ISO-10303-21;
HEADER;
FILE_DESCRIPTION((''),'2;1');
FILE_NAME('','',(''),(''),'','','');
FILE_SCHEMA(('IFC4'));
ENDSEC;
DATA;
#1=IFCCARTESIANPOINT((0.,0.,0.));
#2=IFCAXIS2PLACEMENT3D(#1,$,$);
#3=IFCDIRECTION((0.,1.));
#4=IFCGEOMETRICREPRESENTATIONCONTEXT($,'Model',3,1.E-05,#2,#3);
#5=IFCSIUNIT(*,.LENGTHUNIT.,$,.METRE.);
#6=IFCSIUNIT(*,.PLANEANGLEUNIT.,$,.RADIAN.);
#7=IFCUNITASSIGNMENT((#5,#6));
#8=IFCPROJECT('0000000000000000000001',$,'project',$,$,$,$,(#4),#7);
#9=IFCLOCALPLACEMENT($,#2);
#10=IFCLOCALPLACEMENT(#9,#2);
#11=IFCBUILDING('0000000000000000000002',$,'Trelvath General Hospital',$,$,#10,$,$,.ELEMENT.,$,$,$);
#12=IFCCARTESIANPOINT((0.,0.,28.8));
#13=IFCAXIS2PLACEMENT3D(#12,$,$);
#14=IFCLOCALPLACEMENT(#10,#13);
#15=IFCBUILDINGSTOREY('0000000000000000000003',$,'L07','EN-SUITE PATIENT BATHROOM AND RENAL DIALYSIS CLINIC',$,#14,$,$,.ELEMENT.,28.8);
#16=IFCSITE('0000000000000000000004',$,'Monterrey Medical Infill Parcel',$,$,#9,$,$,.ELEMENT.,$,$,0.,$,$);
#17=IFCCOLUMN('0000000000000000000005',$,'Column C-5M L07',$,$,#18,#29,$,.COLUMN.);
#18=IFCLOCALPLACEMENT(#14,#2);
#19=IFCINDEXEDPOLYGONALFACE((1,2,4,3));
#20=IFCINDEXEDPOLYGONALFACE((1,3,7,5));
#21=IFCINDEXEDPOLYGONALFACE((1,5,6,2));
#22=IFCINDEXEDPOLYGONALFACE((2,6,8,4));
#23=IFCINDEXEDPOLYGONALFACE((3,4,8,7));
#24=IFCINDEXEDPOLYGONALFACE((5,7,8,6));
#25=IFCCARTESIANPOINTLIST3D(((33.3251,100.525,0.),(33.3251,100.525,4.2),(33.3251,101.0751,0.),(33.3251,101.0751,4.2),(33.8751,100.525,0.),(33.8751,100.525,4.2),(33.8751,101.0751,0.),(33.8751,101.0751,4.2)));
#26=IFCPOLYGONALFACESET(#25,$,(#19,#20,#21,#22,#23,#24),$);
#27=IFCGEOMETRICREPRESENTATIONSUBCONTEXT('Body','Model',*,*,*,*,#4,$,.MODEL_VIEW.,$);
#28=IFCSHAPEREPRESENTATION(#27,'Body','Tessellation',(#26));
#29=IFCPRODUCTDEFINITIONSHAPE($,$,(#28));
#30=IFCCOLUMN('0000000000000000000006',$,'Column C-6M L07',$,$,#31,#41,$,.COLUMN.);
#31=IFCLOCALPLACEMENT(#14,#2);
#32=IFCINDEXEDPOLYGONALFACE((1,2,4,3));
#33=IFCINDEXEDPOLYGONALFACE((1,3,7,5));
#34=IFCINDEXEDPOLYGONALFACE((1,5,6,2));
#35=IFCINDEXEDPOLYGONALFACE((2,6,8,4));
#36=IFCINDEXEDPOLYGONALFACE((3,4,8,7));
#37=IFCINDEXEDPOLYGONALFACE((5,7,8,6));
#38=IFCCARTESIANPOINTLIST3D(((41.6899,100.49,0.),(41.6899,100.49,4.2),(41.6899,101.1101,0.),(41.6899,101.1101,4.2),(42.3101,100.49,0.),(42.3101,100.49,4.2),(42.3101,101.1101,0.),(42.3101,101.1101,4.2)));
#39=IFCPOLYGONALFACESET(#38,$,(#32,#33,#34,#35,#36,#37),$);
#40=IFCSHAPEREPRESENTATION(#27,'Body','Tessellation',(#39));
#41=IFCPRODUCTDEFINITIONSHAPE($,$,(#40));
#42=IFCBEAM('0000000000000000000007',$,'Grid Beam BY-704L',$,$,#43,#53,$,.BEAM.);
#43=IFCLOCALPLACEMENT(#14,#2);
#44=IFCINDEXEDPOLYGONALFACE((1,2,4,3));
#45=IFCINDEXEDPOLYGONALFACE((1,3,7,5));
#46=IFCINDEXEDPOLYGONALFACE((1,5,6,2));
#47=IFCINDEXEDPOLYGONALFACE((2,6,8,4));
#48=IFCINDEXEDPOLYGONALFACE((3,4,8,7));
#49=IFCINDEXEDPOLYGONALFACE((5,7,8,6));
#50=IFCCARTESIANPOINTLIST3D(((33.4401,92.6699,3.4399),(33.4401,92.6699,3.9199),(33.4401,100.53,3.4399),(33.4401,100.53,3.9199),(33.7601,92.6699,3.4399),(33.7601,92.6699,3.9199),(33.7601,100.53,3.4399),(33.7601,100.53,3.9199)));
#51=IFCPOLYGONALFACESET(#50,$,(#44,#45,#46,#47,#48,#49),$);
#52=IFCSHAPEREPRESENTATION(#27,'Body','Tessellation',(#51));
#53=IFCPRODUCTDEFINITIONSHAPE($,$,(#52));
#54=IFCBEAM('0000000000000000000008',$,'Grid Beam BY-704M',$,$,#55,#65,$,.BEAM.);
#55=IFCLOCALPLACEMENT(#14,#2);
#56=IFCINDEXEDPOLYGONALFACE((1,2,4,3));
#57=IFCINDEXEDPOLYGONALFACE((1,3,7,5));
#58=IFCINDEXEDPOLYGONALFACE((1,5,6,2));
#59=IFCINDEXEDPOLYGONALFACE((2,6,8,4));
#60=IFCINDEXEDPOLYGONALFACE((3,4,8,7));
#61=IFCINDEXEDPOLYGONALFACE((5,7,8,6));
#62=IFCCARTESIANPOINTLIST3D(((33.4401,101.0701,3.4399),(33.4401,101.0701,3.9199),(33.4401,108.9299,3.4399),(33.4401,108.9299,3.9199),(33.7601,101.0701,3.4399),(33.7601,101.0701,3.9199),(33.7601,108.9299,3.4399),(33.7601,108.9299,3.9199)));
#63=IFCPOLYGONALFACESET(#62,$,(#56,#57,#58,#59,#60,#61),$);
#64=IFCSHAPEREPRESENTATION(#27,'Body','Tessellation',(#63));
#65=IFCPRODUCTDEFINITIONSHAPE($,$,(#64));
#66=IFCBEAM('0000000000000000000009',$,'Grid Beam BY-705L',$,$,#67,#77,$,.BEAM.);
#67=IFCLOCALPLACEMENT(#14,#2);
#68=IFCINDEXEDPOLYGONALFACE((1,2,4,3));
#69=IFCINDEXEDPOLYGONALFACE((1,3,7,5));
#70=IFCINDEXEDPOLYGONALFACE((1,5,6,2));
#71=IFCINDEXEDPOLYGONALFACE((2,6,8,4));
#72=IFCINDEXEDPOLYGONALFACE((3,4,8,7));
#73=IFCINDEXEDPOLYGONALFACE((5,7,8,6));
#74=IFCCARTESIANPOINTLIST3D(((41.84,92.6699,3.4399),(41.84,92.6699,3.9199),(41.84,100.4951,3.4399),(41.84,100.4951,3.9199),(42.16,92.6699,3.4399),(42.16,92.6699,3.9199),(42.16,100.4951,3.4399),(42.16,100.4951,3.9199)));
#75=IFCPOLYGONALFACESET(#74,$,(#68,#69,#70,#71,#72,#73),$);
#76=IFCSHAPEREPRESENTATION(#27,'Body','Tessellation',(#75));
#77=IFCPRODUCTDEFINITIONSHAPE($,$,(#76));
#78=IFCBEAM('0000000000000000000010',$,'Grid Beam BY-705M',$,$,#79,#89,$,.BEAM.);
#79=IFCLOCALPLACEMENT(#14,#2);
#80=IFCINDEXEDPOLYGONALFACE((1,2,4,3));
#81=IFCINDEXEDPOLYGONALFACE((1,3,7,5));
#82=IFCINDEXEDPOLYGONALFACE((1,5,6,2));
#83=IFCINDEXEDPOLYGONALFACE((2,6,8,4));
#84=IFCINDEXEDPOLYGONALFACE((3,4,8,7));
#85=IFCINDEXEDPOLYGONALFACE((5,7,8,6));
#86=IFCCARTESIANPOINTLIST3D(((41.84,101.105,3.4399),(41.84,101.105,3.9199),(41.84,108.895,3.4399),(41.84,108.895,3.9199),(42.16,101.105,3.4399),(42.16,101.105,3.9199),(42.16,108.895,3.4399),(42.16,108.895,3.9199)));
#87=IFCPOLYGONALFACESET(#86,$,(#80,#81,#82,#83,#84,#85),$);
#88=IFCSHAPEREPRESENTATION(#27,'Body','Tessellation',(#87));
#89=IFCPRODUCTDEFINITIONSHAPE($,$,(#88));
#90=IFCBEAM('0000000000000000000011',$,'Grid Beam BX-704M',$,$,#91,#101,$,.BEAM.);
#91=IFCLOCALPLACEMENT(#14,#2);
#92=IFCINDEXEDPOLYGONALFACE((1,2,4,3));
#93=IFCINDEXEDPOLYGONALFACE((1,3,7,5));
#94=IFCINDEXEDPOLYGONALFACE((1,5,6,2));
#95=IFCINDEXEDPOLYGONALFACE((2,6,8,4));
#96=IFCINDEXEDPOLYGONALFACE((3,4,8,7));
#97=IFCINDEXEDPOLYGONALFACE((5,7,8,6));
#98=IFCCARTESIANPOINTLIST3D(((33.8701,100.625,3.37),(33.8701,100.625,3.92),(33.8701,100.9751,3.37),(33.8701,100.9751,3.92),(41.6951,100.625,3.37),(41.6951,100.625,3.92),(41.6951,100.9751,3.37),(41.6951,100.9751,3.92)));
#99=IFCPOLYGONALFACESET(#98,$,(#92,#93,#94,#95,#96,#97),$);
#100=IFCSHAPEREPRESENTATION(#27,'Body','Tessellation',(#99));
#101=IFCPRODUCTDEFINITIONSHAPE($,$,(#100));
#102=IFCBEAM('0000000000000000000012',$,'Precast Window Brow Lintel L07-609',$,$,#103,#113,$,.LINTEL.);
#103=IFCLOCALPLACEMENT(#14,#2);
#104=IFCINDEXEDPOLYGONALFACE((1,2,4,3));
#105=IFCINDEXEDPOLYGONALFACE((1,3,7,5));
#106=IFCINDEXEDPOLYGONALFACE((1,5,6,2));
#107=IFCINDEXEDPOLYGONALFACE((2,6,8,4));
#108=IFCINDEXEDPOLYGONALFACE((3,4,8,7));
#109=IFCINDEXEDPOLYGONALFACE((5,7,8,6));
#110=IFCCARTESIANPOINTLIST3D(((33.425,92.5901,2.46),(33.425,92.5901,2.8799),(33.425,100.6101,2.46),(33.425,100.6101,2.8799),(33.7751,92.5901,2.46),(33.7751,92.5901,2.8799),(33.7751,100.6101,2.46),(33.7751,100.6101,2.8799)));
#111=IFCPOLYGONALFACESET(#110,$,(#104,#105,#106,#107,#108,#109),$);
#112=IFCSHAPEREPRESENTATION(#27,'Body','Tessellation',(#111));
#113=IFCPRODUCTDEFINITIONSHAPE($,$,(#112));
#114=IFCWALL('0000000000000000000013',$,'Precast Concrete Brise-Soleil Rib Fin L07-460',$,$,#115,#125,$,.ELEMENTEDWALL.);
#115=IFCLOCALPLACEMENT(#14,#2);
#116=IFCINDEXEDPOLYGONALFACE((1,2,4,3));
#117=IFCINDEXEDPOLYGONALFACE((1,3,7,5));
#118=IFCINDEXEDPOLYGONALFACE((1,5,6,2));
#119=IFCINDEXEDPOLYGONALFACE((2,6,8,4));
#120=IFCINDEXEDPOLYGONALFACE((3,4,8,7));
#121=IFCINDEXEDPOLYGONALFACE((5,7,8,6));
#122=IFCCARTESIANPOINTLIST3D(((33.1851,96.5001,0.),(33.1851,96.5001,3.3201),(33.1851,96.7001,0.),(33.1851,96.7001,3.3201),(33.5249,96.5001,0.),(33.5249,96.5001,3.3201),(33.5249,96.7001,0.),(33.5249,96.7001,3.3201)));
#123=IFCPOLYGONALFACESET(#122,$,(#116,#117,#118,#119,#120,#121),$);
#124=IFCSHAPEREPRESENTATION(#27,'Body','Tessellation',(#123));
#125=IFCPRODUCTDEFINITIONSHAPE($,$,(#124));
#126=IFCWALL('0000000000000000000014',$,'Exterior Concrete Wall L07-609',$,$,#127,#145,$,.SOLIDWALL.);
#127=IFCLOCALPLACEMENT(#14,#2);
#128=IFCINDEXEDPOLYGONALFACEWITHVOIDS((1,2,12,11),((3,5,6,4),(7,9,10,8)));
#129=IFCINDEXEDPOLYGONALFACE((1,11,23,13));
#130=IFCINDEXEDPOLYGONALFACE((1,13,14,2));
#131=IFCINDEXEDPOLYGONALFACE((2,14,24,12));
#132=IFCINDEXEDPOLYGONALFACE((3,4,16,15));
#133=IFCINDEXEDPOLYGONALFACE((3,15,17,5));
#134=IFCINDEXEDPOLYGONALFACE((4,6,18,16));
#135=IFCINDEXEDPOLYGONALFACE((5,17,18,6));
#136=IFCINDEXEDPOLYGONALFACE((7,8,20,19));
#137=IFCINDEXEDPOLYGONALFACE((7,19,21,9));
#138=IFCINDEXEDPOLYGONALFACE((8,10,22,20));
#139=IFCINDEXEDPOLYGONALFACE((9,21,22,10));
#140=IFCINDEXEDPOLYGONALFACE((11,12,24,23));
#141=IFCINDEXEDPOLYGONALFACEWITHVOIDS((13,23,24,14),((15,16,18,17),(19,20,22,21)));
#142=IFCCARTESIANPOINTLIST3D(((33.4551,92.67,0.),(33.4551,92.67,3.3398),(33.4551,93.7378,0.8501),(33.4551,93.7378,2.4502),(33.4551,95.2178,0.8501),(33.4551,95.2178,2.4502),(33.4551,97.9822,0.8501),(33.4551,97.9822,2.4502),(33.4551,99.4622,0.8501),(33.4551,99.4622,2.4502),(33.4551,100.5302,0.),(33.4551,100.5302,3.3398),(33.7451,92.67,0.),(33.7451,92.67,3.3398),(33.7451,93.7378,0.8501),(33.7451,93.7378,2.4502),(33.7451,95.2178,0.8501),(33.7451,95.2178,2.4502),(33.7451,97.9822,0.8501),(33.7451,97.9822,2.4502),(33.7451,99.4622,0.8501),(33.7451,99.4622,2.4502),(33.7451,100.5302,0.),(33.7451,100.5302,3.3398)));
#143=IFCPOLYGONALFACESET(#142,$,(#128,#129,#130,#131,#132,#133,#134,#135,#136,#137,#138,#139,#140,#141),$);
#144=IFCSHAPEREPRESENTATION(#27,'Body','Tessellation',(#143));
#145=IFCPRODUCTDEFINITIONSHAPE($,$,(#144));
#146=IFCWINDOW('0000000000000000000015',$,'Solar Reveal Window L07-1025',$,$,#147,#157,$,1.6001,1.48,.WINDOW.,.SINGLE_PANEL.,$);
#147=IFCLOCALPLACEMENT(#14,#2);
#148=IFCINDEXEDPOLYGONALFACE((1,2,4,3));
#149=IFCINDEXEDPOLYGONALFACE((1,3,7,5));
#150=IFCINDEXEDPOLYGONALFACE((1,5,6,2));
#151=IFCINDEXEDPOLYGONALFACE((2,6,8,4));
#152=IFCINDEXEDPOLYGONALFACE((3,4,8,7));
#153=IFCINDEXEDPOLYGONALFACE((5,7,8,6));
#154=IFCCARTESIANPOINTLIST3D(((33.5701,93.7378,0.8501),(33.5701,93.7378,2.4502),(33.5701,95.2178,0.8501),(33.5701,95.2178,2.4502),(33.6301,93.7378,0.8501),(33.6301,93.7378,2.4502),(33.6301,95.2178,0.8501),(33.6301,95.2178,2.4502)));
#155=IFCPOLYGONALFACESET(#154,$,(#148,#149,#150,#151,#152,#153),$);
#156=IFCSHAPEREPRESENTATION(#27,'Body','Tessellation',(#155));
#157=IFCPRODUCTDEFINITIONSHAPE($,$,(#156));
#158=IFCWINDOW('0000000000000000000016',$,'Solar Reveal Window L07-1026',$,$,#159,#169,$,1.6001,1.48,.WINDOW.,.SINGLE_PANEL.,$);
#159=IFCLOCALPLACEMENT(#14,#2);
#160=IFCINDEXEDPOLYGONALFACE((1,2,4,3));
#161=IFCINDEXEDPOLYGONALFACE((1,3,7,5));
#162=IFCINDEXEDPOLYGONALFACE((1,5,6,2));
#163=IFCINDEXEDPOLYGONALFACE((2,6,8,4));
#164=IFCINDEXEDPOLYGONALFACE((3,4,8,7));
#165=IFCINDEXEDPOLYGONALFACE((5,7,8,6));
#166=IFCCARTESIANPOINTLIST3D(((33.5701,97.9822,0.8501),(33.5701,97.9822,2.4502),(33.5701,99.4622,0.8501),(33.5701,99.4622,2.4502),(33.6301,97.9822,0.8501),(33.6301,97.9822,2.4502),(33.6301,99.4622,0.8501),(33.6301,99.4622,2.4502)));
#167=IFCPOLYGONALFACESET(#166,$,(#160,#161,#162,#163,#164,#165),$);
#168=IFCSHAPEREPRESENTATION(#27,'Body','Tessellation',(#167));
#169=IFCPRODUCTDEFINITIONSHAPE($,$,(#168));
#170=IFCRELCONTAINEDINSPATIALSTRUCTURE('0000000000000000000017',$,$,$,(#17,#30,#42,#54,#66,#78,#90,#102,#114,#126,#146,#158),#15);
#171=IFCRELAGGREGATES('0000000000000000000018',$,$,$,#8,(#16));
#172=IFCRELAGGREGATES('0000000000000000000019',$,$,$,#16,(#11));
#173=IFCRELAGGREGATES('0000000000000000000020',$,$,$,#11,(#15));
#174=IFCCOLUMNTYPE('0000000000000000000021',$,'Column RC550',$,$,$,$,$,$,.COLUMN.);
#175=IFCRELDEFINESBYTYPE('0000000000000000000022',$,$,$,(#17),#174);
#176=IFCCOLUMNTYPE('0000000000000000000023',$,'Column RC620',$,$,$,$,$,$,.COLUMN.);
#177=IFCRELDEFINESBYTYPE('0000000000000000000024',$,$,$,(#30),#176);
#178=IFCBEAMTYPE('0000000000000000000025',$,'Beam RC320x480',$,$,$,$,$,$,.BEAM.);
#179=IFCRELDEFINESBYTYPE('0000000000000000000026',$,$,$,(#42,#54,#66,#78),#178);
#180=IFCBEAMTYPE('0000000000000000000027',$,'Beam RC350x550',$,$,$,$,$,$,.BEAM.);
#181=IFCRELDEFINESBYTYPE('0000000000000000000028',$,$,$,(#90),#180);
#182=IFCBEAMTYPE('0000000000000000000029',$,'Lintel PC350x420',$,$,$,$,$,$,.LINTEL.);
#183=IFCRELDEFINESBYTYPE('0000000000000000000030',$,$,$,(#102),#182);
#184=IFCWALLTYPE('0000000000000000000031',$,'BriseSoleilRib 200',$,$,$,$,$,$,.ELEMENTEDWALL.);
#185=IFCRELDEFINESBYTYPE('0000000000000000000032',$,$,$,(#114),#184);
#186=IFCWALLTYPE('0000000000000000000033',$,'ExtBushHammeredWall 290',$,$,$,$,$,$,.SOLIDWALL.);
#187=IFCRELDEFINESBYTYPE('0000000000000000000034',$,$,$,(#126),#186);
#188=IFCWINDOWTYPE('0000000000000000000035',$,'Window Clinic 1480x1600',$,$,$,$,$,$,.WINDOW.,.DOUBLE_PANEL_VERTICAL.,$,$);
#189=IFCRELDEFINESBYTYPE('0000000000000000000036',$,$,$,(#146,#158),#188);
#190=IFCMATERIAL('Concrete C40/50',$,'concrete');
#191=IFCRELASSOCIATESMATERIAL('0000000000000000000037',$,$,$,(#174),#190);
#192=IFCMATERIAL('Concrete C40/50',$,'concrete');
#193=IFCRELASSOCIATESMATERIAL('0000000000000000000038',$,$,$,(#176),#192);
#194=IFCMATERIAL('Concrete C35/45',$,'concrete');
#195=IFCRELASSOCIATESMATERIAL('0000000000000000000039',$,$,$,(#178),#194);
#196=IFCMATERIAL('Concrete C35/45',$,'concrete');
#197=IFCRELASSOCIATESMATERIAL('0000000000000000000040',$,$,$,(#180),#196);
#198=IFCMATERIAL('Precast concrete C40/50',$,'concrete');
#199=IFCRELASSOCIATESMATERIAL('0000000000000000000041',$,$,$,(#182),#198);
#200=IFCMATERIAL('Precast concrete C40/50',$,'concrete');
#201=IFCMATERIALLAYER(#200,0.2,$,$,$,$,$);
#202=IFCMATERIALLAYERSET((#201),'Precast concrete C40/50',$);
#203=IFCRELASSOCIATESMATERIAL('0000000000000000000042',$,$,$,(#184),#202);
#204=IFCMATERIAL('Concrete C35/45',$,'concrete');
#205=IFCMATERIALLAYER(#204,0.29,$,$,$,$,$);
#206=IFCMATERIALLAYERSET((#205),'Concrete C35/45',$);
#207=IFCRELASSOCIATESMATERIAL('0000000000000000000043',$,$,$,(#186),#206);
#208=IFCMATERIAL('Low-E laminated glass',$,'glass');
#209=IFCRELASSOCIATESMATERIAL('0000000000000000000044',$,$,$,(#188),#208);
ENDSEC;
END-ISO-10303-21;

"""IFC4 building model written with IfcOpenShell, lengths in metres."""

from ifc_helpers import new_model, si_unit, direction, frame, frame_2d, origin, origin_2d, place, context, subcontext, project, spatial, rectangle, extrude, material, layer, layer_set, material_profile, profile_set, type_object, element, fill, save


model = new_model("IFC4")

# Units and contexts
model_context = context("Model", 3, precision=1e-05, world=origin(), true_north=direction((0.0, 1.0)))
body_context = subcontext(model_context, "Body", "Model", "MODEL_VIEW")
ifc_project = project(units=[si_unit("LENGTHUNIT", "METRE"), si_unit("PLANEANGLEUNIT", "RADIAN")], contexts=[model_context])

# Site, building, storey
site_placement = place(None, origin())
site = spatial("IfcSite", under=ifc_project, at=site_placement, Name="Monterrey Medical Infill Parcel", CompositionType="ELEMENT", RefElevation=0.0)
building_placement = place(site_placement, origin())
building = spatial("IfcBuilding", under=site, at=building_placement, Name="Trelvath General Hospital", CompositionType="ELEMENT")
storey_placement = place(building_placement, frame((0.0, 0.0, 28.8)))
storey = spatial("IfcBuildingStorey", under=building, at=storey_placement, Name="L07", Description="EN-SUITE PATIENT BATHROOM AND RENAL DIALYSIS CLINIC", CompositionType="ELEMENT", Elevation=28.8)

# Columns
ifc_material_1 = material(Name="Concrete C40/50", Category="concrete")
ifc_material_profile_1 = material_profile(ifc_material_1, rectangle(XDim=0.55, YDim=0.55, at=origin_2d()), Name="RC550x550")
ifc_profile_set_1 = profile_set([ifc_material_profile_1], Name="Concrete C40/50")
column_type_1 = type_object("IfcColumnType", Name="Column RC550", PredefinedType="COLUMN", material=ifc_profile_set_1)
column_1_placement = place(storey_placement, frame((33.6001, 100.8, 0.0), z_axis=(0.0, 0.0, 1.0), x_axis=(1.0, 0.0, 0.0)))
element("IfcColumn", 1, at=column_1_placement, inside=storey, type_object=column_type_1, Name="Column C-5M L07", PredefinedType="COLUMN", context=body_context, shape_type="SweptSolid", body=[
    extrude(rectangle(XDim=0.55, YDim=0.55, at=origin_2d()), origin(), (0.0, 0.0, 1.0), 4.2),
])
ifc_material_2 = material(Name="Concrete C40/50", Category="concrete")
ifc_material_profile_2 = material_profile(ifc_material_2, rectangle(XDim=0.6201, YDim=0.6201, at=origin_2d()), Name="RC620x620")
ifc_profile_set_2 = profile_set([ifc_material_profile_2], Name="Concrete C40/50")
column_type_2 = type_object("IfcColumnType", Name="Column RC620", PredefinedType="COLUMN", material=ifc_profile_set_2)
column_2_placement = place(storey_placement, frame((42.0, 100.8, 0.0), z_axis=(0.0, 0.0, 1.0), x_axis=(1.0, 0.0, 0.0)))
element("IfcColumn", 2, at=column_2_placement, inside=storey, type_object=column_type_2, Name="Column C-6M L07", PredefinedType="COLUMN", context=body_context, shape_type="SweptSolid", body=[
    extrude(rectangle(XDim=0.6201, YDim=0.6201, at=origin_2d()), origin(), (0.0, 0.0, 1.0), 4.2),
])

# Beams
ifc_material_3 = material(Name="Concrete C35/45", Category="concrete")
ifc_material_profile_3 = material_profile(ifc_material_3, rectangle(XDim=0.3201, YDim=0.48, at=origin_2d()), Name="RCB320x480")
ifc_profile_set_3 = profile_set([ifc_material_profile_3], Name="Concrete C35/45")
beam_type_1 = type_object("IfcBeamType", Name="Beam RC320x480", PredefinedType="BEAM", material=ifc_profile_set_3)
beam_1_placement = place(storey_placement, frame((33.6001, 92.6699, 3.6799), z_axis=(0.0, 1.0, 0.0), x_axis=(-1.0, 0.0, 0.0)))
element("IfcBeam", 3, at=beam_1_placement, inside=storey, type_object=beam_type_1, Name="Grid Beam BY-704L", PredefinedType="BEAM", context=body_context, shape_type="SweptSolid", body=[
    extrude(rectangle(XDim=0.3201, YDim=0.48, at=origin_2d()), origin(), (0.0, 0.0, 1.0), 7.8601),
])
beam_2_placement = place(storey_placement, frame((33.6001, 101.0701, 3.6799), z_axis=(0.0, 1.0, 0.0), x_axis=(-1.0, 0.0, 0.0)))
element("IfcBeam", 4, at=beam_2_placement, inside=storey, type_object=beam_type_1, Name="Grid Beam BY-704M", PredefinedType="BEAM", context=body_context, shape_type="SweptSolid", body=[
    extrude(rectangle(XDim=0.3201, YDim=0.48, at=origin_2d()), origin(), (0.0, 0.0, 1.0), 7.8599),
])
beam_3_placement = place(storey_placement, frame((42.0, 92.6699, 3.6799), z_axis=(0.0, 1.0, 0.0), x_axis=(-1.0, 0.0, 0.0)))
element("IfcBeam", 5, at=beam_3_placement, inside=storey, type_object=beam_type_1, Name="Grid Beam BY-705L", PredefinedType="BEAM", context=body_context, shape_type="SweptSolid", body=[
    extrude(rectangle(XDim=0.3201, YDim=0.48, at=origin_2d()), origin(), (0.0, 0.0, 1.0), 7.8252),
])
beam_4_placement = place(storey_placement, frame((42.0, 101.105, 3.6799), z_axis=(0.0, 1.0, 0.0), x_axis=(-1.0, 0.0, 0.0)))
element("IfcBeam", 6, at=beam_4_placement, inside=storey, type_object=beam_type_1, Name="Grid Beam BY-705M", PredefinedType="BEAM", context=body_context, shape_type="SweptSolid", body=[
    extrude(rectangle(XDim=0.3201, YDim=0.48, at=origin_2d()), origin(), (0.0, 0.0, 1.0), 7.79),
])
ifc_material_4 = material(Name="Concrete C35/45", Category="concrete")
ifc_material_profile_4 = material_profile(ifc_material_4, rectangle(XDim=0.3501, YDim=0.55, at=origin_2d()), Name="RCB350x550")
ifc_profile_set_4 = profile_set([ifc_material_profile_4], Name="Concrete C35/45")
beam_type_2 = type_object("IfcBeamType", Name="Beam RC350x550", PredefinedType="BEAM", material=ifc_profile_set_4)
beam_5_placement = place(storey_placement, frame((33.8701, 100.8, 3.645), z_axis=(1.0, 0.0, 0.0), x_axis=(0.0, 1.0, 0.0)))
element("IfcBeam", 7, at=beam_5_placement, inside=storey, type_object=beam_type_2, Name="Grid Beam BX-704M", PredefinedType="BEAM", context=body_context, shape_type="SweptSolid", body=[
    extrude(rectangle(XDim=0.3501, YDim=0.55, at=origin_2d()), origin(), (0.0, 0.0, 1.0), 7.825),
])
ifc_material_5 = material(Name="Precast concrete C40/50", Category="concrete")
ifc_material_profile_5 = material_profile(ifc_material_5, rectangle(XDim=0.3501, YDim=0.4199, at=origin_2d()), Name="PCL350x420")
ifc_profile_set_5 = profile_set([ifc_material_profile_5], Name="Precast concrete C40/50")
beam_type_3 = type_object("IfcBeamType", Name="Lintel PC350x420", PredefinedType="LINTEL", material=ifc_profile_set_5)
beam_6_placement = place(storey_placement, frame((33.6001, 92.5901, 2.6699), z_axis=(0.0, 1.0, 0.0), x_axis=(-1.0, 0.0, 0.0)))
element("IfcBeam", 8, at=beam_6_placement, inside=storey, type_object=beam_type_3, Name="Precast Window Brow Lintel L07-609", PredefinedType="LINTEL", context=body_context, shape_type="SweptSolid", body=[
    extrude(rectangle(XDim=0.3501, YDim=0.4199, at=origin_2d()), origin(), (0.0, 0.0, 1.0), 8.02),
])

# Wall
ifc_material_6 = material(Name="Precast concrete C40/50", Category="concrete")
ifc_layer_1 = layer(ifc_material_6, 0.2)
ifc_layer_set_1 = layer_set([ifc_layer_1], Name="Precast concrete C40/50")
wall_type_1 = type_object("IfcWallType", Name="BriseSoleilRib 200", PredefinedType="ELEMENTEDWALL", material=ifc_layer_set_1)
wall_1_placement = place(storey_placement, frame((33.5249, 96.6001, 0.0), z_axis=(0.0, 0.0, 1.0), x_axis=(-1.0, 0.0, 0.0)))
element("IfcWall", 9, at=wall_1_placement, inside=storey, type_object=wall_type_1, Name="Precast Concrete Brise-Soleil Rib Fin L07-460", PredefinedType="ELEMENTEDWALL", context=body_context, shape_type="SweptSolid", body=[
    extrude(rectangle(XDim=0.3398, YDim=0.2, at=frame_2d((0.1699, 0.0))), origin(), (0.0, 0.0, 1.0), 3.3201),
])

# Wall, openings, windows
ifc_material_7 = material(Name="Concrete C35/45", Category="concrete")
ifc_layer_2 = layer(ifc_material_7, 0.29)
ifc_layer_set_2 = layer_set([ifc_layer_2], Name="Concrete C35/45")
wall_type_2 = type_object("IfcWallType", Name="ExtBushHammeredWall 290", PredefinedType="SOLIDWALL", material=ifc_layer_set_2)
wall_2_placement = place(storey_placement, frame((33.6001, 92.6699, 0.0), z_axis=(0.0, 0.0, 1.0), x_axis=(0.0, 1.0, 0.0)))
wall_2 = element("IfcWall", 10, at=wall_2_placement, inside=storey, type_object=wall_type_2, Name="Exterior Concrete Wall L07-609", PredefinedType="SOLIDWALL", context=body_context, shape_type="SweptSolid", body=[
    extrude(rectangle(XDim=7.8601, YDim=0.29, at=frame_2d((3.9302, 0.0))), origin(), (0.0, 0.0, 1.0), 3.3398),
])
opening_1_placement = place(wall_2_placement, frame((1.0679, 0.0, 0.8501)))
opening_1 = element("IfcOpeningElement", 11, at=opening_1_placement, cuts=wall_2, PredefinedType="OPENING", context=body_context, shape_type="SweptSolid", body=[
    extrude(rectangle(XDim=1.48, YDim=1.6001, at=frame_2d((0.74, 0.8))), frame((0.0, 0.155, 0.0), z_axis=(0.0, -1.0, 0.0), x_axis=(1.0, 0.0, 0.0)), (0.0, 0.0, 1.0), 0.3101),
])
opening_2_placement = place(wall_2_placement, frame((5.3123, 0.0, 0.8501)))
opening_2 = element("IfcOpeningElement", 12, at=opening_2_placement, cuts=wall_2, PredefinedType="OPENING", context=body_context, shape_type="SweptSolid", body=[
    extrude(rectangle(XDim=1.48, YDim=1.6001, at=frame_2d((0.74, 0.8))), frame((0.0, 0.155, 0.0), z_axis=(0.0, -1.0, 0.0), x_axis=(1.0, 0.0, 0.0)), (0.0, 0.0, 1.0), 0.3101),
])
ifc_material_8 = material(Name="Low-E laminated glass", Category="glass")
window_type_1 = type_object("IfcWindowType", Name="Window Clinic 1480x1600", PartitioningType="DOUBLE_PANEL_VERTICAL", PredefinedType="WINDOW", material=ifc_material_8)
window_1_placement = place(opening_1_placement, origin())
window_1 = element("IfcWindow", 13, at=window_1_placement, inside=storey, type_object=window_type_1, Name="Solar Reveal Window L07-1025", OverallHeight=1.6001, OverallWidth=1.48, PartitioningType="SINGLE_PANEL", PredefinedType="WINDOW", context=body_context, shape_type="SweptSolid", body=[
    extrude(rectangle(XDim=1.48, YDim=1.6001, at=frame_2d((0.74, 0.8))), frame((0.0, 0.03, 0.0), z_axis=(0.0, -1.0, 0.0), x_axis=(1.0, 0.0, 0.0)), (0.0, 0.0, 1.0), 0.0601),
])
fill(opening_1, window_1)
window_2_placement = place(opening_2_placement, origin())
window_2 = element("IfcWindow", 14, at=window_2_placement, inside=storey, type_object=window_type_1, Name="Solar Reveal Window L07-1026", OverallHeight=1.6001, OverallWidth=1.48, PartitioningType="SINGLE_PANEL", PredefinedType="WINDOW", context=body_context, shape_type="SweptSolid", body=[
    extrude(rectangle(XDim=1.48, YDim=1.6001, at=frame_2d((0.74, 0.8))), frame((0.0, 0.03, 0.0), z_axis=(0.0, -1.0, 0.0), x_axis=(1.0, 0.0, 0.0)), (0.0, 0.0, 1.0), 0.0601),
])
fill(opening_2, window_2)

save(model, "model.ifc")
